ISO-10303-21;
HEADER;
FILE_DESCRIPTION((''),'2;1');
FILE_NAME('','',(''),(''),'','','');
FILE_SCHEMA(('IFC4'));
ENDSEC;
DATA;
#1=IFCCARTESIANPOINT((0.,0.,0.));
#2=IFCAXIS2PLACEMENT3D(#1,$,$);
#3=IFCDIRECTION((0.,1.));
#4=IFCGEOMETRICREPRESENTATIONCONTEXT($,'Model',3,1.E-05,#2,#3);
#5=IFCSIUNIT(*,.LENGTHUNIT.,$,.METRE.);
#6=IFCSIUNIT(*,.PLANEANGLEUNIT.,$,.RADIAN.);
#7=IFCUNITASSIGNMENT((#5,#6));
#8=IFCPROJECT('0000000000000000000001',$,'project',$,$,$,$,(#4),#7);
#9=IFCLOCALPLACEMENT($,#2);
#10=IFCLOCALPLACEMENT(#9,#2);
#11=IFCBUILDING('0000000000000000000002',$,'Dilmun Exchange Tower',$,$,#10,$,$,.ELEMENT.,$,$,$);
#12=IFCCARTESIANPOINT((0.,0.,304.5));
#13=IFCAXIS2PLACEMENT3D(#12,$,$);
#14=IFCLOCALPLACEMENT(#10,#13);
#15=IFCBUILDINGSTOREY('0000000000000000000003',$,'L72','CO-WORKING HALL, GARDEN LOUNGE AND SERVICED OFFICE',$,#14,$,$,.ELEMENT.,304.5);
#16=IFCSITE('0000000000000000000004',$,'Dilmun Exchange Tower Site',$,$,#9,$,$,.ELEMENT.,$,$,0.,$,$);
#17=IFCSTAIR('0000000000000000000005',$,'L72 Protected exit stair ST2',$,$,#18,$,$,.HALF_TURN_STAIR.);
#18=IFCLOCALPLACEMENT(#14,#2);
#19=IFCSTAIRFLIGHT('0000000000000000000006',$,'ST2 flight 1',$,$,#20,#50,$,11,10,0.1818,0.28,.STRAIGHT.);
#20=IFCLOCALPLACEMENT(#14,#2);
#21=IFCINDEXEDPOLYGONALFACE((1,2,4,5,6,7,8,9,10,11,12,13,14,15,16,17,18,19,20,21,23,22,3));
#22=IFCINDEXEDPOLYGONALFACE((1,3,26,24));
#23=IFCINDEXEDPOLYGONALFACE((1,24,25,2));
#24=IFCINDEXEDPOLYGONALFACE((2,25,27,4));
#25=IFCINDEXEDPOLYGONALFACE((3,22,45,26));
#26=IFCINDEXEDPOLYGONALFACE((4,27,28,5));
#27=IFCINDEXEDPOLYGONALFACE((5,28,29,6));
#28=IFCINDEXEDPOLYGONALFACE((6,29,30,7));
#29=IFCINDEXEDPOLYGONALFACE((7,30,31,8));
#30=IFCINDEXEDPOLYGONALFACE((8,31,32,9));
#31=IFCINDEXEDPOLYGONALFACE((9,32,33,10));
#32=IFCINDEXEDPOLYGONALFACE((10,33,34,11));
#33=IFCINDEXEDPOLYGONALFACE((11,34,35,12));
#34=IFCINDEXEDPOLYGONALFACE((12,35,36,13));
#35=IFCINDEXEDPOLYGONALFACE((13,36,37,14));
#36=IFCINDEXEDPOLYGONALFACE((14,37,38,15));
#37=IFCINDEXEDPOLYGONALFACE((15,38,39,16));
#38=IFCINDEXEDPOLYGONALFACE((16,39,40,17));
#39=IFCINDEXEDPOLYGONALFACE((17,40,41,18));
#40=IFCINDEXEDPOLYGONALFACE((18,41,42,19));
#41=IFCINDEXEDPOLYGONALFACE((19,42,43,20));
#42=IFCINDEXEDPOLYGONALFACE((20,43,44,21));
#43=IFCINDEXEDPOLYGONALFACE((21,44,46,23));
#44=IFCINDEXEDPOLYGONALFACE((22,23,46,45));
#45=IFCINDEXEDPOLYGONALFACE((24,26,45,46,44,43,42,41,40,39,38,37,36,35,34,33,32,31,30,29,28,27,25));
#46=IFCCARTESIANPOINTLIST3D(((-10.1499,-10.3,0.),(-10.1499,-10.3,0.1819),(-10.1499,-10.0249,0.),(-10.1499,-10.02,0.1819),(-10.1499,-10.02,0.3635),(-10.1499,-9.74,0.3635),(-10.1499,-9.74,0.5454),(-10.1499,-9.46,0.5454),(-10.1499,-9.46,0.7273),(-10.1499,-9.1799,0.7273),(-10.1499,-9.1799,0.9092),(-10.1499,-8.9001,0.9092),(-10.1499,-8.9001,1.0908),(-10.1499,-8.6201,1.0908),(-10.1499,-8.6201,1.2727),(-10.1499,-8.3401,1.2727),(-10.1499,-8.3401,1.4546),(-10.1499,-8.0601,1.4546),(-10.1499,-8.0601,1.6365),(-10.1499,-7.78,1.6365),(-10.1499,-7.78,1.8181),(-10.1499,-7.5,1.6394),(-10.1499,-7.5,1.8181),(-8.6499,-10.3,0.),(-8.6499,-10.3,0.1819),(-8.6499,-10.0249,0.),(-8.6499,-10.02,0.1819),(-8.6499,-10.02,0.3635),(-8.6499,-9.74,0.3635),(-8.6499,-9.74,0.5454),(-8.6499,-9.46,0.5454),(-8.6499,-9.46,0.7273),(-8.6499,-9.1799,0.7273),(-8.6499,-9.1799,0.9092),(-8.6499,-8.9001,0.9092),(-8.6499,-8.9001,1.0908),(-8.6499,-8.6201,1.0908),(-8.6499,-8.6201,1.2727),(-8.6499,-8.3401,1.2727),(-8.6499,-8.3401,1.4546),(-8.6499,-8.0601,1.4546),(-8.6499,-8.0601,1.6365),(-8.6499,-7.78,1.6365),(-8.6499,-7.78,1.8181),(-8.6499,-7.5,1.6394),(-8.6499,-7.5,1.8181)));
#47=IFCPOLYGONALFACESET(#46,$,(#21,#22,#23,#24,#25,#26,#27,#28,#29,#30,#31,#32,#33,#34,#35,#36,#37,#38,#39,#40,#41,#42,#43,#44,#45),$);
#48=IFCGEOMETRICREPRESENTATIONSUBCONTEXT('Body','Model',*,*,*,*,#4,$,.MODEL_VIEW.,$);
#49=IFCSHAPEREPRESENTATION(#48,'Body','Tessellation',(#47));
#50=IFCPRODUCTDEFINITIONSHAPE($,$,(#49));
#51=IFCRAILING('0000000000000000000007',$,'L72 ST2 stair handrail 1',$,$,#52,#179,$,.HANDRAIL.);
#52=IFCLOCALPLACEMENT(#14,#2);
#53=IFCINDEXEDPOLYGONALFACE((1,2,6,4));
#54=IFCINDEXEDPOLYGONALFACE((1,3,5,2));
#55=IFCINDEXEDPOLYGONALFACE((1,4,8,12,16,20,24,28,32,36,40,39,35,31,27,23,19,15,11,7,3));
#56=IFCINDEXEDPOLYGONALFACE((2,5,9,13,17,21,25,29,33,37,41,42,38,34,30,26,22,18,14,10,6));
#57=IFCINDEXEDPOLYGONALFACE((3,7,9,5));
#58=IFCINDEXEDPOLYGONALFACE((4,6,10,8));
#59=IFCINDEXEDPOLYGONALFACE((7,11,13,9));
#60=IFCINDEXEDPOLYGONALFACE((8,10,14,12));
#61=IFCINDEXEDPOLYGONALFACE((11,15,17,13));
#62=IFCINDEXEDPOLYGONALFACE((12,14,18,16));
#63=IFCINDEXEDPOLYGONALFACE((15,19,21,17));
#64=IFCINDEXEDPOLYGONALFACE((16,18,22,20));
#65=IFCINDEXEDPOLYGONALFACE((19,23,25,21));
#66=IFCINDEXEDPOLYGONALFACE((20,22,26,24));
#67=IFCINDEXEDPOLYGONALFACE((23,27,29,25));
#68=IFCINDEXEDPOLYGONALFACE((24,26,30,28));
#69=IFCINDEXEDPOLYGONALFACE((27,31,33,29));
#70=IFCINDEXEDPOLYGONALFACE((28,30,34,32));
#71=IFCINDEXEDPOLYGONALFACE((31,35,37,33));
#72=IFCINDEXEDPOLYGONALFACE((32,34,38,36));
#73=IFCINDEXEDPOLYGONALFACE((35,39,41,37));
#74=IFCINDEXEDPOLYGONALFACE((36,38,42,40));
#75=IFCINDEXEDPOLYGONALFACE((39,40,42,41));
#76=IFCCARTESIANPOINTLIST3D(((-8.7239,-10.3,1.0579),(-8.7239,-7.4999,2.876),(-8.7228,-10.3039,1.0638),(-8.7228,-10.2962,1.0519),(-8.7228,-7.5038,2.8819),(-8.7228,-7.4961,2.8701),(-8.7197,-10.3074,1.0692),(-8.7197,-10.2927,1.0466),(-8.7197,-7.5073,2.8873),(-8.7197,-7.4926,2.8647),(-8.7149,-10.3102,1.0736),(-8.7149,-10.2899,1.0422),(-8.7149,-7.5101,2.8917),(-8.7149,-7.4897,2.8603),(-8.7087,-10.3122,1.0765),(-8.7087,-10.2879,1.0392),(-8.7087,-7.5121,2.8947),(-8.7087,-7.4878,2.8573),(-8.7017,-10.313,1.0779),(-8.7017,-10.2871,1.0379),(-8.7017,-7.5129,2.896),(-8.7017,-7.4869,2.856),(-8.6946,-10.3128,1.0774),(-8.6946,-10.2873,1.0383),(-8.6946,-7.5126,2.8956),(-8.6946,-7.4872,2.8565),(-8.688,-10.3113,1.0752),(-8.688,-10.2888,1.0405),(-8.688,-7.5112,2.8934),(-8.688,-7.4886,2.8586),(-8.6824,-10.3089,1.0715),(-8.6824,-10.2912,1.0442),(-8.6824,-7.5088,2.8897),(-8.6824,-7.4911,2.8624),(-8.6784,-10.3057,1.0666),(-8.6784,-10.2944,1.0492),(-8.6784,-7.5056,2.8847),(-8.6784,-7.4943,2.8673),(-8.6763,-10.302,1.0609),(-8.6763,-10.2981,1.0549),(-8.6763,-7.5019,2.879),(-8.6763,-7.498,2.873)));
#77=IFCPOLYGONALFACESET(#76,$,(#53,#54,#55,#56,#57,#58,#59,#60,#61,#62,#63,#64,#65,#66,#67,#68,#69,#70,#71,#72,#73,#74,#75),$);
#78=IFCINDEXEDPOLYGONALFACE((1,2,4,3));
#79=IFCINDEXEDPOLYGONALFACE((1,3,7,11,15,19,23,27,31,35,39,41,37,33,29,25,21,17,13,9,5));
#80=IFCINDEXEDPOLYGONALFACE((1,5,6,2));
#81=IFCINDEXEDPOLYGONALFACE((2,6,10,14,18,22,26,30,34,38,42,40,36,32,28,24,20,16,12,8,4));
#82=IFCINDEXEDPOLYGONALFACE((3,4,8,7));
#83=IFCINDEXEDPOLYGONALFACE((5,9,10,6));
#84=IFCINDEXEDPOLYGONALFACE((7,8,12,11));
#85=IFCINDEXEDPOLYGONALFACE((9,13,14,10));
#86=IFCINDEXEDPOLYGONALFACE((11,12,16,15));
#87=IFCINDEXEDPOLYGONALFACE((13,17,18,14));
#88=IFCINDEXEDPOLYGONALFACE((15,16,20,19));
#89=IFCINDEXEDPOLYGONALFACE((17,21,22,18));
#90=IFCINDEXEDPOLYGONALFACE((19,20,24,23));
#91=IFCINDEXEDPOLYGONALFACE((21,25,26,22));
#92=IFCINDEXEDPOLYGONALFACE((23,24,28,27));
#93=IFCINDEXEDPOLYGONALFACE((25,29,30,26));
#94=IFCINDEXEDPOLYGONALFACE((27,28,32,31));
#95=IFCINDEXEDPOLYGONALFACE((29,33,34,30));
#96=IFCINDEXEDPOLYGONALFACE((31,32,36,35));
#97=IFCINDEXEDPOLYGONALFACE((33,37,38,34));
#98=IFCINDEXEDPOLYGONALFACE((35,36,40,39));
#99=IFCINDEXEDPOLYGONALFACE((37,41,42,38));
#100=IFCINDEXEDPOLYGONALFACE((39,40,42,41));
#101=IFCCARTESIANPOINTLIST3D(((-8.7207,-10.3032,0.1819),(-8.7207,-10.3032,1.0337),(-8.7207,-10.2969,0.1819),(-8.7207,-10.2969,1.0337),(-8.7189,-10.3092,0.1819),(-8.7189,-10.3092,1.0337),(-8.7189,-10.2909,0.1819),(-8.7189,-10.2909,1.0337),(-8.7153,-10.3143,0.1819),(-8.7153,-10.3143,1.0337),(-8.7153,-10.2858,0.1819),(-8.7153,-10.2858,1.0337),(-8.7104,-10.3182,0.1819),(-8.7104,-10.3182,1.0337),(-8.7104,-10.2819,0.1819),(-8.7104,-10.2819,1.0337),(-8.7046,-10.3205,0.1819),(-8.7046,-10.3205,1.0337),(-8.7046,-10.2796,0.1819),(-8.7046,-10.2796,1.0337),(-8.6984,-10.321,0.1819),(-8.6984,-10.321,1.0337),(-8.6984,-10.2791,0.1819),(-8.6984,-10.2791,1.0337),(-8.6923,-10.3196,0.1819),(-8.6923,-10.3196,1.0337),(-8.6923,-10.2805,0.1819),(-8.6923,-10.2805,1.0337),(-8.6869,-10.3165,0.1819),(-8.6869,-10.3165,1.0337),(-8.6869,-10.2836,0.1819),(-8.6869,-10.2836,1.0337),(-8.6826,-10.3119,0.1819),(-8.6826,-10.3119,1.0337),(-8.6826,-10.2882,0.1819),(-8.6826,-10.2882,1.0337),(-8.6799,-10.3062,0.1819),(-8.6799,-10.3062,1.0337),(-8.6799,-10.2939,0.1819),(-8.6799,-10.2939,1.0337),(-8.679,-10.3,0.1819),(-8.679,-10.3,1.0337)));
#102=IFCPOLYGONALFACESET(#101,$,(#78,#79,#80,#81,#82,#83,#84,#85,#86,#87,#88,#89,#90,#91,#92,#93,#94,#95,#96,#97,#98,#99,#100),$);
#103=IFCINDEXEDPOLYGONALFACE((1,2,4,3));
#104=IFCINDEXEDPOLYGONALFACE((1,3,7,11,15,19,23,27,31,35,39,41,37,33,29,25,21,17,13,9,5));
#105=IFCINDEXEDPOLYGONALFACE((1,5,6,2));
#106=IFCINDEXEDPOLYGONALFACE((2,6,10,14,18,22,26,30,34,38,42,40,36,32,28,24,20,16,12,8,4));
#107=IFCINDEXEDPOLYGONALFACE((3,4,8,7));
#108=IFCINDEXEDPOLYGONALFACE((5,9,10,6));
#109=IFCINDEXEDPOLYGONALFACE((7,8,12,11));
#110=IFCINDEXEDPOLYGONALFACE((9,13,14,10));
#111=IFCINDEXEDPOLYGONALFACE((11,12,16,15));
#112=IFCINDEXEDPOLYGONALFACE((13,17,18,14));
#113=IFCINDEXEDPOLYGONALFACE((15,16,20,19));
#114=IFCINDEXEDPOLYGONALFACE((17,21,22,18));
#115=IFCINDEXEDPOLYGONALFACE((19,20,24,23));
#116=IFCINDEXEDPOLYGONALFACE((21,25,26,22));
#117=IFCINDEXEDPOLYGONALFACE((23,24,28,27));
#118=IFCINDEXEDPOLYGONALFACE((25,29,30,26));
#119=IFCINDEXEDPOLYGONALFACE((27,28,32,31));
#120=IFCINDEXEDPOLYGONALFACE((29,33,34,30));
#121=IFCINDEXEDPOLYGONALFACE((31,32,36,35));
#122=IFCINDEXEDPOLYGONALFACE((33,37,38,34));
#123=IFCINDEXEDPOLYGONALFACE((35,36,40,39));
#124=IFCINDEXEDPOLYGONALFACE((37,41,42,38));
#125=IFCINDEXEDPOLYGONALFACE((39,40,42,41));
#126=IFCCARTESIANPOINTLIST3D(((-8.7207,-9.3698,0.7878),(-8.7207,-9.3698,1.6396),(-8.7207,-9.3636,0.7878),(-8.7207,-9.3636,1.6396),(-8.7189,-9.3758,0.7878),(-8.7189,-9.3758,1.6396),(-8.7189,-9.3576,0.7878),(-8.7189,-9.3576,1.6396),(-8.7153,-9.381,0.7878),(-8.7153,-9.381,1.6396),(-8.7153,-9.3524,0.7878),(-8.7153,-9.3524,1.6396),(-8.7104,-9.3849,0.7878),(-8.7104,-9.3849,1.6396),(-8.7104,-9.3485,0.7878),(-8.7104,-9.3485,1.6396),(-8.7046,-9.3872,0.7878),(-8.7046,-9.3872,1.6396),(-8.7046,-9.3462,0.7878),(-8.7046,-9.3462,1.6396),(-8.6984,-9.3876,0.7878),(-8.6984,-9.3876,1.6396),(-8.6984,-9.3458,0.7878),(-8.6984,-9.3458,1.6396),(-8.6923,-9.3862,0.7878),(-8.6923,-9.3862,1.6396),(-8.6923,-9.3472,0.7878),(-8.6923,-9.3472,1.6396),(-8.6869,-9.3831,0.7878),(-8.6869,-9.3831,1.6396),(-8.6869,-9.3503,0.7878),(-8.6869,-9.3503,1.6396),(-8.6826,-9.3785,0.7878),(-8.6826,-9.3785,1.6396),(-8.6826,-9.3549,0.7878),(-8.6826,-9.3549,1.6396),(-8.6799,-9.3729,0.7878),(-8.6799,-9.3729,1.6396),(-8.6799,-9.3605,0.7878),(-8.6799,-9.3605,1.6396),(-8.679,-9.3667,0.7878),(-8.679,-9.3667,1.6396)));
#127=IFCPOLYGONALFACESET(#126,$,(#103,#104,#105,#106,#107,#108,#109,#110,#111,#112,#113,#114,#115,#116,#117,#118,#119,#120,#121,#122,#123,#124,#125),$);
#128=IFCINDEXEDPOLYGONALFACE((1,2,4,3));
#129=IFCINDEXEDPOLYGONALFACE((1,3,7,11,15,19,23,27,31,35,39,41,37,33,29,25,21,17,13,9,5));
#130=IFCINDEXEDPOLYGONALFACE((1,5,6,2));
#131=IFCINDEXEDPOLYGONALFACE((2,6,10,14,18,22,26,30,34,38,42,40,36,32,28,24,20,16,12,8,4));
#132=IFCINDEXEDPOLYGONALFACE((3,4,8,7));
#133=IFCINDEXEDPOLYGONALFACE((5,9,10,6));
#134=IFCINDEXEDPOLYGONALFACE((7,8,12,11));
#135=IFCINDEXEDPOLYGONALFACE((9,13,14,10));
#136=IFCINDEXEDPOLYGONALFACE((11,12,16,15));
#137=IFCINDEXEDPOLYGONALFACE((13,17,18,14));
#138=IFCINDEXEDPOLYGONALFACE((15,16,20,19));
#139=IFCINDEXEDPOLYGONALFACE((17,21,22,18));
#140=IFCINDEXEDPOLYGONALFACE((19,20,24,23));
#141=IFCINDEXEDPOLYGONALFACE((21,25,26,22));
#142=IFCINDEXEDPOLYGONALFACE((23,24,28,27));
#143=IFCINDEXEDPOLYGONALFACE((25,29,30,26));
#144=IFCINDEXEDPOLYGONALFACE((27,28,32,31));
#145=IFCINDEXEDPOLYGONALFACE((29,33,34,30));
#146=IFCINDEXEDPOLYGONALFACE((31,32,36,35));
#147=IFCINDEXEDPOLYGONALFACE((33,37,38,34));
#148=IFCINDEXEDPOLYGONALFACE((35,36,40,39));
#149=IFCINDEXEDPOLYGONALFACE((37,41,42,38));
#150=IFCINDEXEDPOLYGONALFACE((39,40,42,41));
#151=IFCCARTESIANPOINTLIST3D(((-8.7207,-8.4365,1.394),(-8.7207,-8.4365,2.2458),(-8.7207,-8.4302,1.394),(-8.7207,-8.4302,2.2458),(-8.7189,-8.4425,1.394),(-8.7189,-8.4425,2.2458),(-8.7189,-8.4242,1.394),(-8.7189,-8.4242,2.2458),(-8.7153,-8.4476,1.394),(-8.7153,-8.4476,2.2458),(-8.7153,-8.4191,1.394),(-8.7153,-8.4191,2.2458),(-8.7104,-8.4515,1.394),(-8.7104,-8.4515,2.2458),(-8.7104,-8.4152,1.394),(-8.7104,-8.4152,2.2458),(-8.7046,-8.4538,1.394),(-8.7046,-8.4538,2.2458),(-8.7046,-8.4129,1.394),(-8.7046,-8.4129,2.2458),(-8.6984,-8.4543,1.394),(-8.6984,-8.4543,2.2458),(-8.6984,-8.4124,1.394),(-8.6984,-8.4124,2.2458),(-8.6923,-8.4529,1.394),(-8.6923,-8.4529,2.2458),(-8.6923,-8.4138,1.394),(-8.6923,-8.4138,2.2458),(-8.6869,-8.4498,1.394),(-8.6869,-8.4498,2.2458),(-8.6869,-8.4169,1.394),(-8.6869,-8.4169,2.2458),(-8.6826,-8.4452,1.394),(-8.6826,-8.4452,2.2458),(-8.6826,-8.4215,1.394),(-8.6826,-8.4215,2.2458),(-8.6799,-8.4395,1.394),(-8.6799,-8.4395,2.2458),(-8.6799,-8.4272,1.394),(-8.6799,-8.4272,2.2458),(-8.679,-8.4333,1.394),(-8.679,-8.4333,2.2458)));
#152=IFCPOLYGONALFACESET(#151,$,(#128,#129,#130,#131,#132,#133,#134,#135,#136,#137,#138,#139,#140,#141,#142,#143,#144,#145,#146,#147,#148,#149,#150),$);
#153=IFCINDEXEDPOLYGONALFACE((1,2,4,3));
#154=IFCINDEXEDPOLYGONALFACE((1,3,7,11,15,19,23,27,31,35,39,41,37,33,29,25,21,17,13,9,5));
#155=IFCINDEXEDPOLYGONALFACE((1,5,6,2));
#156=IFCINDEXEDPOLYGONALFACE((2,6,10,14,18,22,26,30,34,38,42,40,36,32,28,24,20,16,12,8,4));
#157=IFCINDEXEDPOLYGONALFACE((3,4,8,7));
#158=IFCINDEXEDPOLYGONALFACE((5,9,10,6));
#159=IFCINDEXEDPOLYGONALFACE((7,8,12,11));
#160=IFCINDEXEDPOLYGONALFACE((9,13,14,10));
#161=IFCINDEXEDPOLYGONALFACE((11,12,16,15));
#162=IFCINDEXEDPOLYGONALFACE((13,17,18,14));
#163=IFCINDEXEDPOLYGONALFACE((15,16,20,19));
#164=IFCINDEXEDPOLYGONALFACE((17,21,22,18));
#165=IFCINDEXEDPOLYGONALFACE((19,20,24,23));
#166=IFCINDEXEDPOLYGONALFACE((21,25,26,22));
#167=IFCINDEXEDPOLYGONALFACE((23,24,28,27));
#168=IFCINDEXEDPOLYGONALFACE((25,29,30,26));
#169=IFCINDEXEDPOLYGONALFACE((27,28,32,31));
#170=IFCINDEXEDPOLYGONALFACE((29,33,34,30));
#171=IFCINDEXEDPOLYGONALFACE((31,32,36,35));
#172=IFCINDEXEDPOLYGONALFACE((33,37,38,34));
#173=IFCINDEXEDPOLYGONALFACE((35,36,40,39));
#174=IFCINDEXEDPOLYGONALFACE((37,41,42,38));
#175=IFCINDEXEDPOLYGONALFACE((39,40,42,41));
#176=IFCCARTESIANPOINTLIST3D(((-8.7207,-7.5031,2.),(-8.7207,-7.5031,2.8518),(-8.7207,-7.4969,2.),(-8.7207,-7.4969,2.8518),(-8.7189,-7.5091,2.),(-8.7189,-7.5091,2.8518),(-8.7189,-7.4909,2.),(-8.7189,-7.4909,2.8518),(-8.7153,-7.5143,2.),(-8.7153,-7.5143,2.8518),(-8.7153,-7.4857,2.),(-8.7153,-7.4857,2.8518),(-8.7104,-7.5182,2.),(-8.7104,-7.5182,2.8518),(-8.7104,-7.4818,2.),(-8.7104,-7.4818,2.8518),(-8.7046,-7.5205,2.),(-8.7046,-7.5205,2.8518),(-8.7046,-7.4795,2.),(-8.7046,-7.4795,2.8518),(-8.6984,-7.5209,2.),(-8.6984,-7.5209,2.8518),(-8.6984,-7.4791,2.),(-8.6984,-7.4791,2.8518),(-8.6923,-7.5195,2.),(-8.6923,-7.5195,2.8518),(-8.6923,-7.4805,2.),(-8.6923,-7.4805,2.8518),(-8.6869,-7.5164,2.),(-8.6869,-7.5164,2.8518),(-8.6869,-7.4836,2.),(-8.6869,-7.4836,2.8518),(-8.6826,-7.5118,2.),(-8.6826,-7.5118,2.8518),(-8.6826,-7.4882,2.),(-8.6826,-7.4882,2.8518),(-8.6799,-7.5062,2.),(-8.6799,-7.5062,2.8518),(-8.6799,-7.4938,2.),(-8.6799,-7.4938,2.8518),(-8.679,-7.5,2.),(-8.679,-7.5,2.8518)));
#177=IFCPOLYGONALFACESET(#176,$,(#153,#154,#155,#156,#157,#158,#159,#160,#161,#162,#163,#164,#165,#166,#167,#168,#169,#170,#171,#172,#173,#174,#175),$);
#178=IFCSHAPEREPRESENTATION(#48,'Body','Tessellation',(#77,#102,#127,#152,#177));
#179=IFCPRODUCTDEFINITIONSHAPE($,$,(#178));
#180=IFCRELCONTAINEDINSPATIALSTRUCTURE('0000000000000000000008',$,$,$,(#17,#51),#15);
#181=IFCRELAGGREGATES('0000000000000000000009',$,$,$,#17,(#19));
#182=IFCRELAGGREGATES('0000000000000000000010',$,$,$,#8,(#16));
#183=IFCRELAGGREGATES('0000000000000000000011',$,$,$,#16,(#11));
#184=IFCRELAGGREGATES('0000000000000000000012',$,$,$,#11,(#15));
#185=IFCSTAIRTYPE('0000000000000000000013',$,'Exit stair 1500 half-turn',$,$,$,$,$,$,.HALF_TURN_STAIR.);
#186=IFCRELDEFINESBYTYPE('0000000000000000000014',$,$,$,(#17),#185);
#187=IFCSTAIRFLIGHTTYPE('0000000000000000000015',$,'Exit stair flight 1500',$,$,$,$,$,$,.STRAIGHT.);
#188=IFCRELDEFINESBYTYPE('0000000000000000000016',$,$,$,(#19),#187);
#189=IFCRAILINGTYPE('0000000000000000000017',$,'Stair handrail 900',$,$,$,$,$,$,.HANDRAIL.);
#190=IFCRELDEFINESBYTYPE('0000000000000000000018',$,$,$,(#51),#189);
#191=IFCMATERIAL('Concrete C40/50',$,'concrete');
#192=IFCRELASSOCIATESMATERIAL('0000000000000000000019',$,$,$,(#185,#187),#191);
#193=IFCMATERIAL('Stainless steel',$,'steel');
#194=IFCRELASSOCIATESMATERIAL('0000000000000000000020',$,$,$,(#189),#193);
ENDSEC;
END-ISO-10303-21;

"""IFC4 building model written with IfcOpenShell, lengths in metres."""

from ifc_helpers import new_model, si_unit, direction, frame, origin, origin_2d, place, context, subcontext, project, spatial, polyline, circle, outline, extrude, material, type_object, element, aggregate, save


model = new_model("IFC4")

# Units and contexts
model_context = context("Model", 3, precision=1e-05, world=origin(), true_north=direction((0.0, 1.0)))
body_context = subcontext(model_context, "Body", "Model", "MODEL_VIEW")
ifc_project = project(units=[si_unit("LENGTHUNIT", "METRE"), si_unit("PLANEANGLEUNIT", "RADIAN")], contexts=[model_context])

# Site, building, storey
site_placement = place(None, origin())
site = spatial("IfcSite", under=ifc_project, at=site_placement, Name="Dilmun Exchange Tower Site", CompositionType="ELEMENT", RefElevation=0.0)
building_placement = place(site_placement, origin())
building = spatial("IfcBuilding", under=site, at=building_placement, Name="Dilmun Exchange Tower", CompositionType="ELEMENT")
storey_placement = place(building_placement, frame((0.0, 0.0, 304.5)))
storey = spatial("IfcBuildingStorey", under=building, at=storey_placement, Name="L72", Description="CO-WORKING HALL, GARDEN LOUNGE AND SERVICED OFFICE", CompositionType="ELEMENT", Elevation=304.5)

# Shared definitions
ifc_material_1 = material(Name="Concrete C40/50", Category="concrete")

# Stair, stair flight
stair_type = type_object("IfcStairType", Name="Exit stair 1500 half-turn", PredefinedType="HALF_TURN_STAIR", material=ifc_material_1)
stair_placement = place(storey_placement, origin())
stair = element("IfcStair", 1, at=stair_placement, inside=storey, type_object=stair_type, Name="L72 Protected exit stair ST2", PredefinedType="HALF_TURN_STAIR")
stair_flight_type = type_object("IfcStairFlightType", Name="Exit stair flight 1500", PredefinedType="STRAIGHT", material=ifc_material_1)
stair_flight_placement = place(storey_placement, frame((-9.3999, -10.3, 0.0), z_axis=(0.0, 0.0, 1.0), x_axis=(0.0, 1.0, 0.0)))
stair_flight = element("IfcStairFlight", 2, at=stair_flight_placement, type_object=stair_flight_type, Name="ST2 flight 1", NumberOfRisers=11, NumberOfTreads=10, PredefinedType="STRAIGHT", RiserHeight=0.1818, TreadLength=0.28, context=body_context, shape_type="SweptSolid", body=[
    extrude(outline(polyline([(0.0, 0.0), (0.0, 0.1819), (0.28, 0.1819), (0.28, 0.3635), (0.5601, 0.3635), (0.5601, 0.5454), (0.8401, 0.5454), (0.8401, 0.7273), (1.1201, 0.7273), (1.1201, 0.9092), (1.3999, 0.9092), (1.3999, 1.0908), (1.6799, 1.0908), (1.6799, 1.2727), (1.96, 1.2727), (1.96, 1.4546), (2.24, 1.4546), (2.24, 1.6365), (2.52, 1.6365), (2.52, 1.8181), (2.8, 1.8181), (2.8, 2.0), (2.8, 1.6394), (0.2751, 0.0), (0.0, 0.0)])), frame((0.0, 0.75, 0.0), z_axis=(0.0, -1.0, 0.0), x_axis=(1.0, 0.0, 0.0)), (0.0, 0.0, 1.0), 1.5),
])
aggregate(stair, [stair_flight])

# Railing
ifc_material_2 = material(Name="Stainless steel", Category="steel")
railing_type = type_object("IfcRailingType", Name="Stair handrail 900", PredefinedType="HANDRAIL", material=ifc_material_2)
railing_placement = place(storey_placement, frame((-8.7, -10.3, 0.1819)))
element("IfcRailing", 3, at=railing_placement, inside=storey, type_object=railing_type, Name="L72 ST2 stair handrail 1", PredefinedType="HANDRAIL", context=body_context, shape_type="SweptSolid", body=[
    extrude(circle(Radius=0.0239, at=origin_2d()), frame((0.0, 0.0, 0.876), z_axis=(0.0, 0.838706, 0.544585), x_axis=(-1.0, 0.0, 0.0)), (0.0, 0.0, 1.0), 3.3386),
    extrude(circle(Radius=0.021, at=origin_2d()), origin(), (0.0, 0.0, 1.0), 0.8518),
    extrude(circle(Radius=0.021, at=origin_2d()), frame((0.0, 0.9333, 0.606)), (0.0, 0.0, 1.0), 0.8518),
    extrude(circle(Radius=0.021, at=origin_2d()), frame((0.0, 1.8667, 1.2122)), (0.0, 0.0, 1.0), 0.8518),
    extrude(circle(Radius=0.021, at=origin_2d()), frame((0.0, 2.8, 1.8181)), (0.0, 0.0, 1.0), 0.8518),
])

save(model, "model.ifc")
